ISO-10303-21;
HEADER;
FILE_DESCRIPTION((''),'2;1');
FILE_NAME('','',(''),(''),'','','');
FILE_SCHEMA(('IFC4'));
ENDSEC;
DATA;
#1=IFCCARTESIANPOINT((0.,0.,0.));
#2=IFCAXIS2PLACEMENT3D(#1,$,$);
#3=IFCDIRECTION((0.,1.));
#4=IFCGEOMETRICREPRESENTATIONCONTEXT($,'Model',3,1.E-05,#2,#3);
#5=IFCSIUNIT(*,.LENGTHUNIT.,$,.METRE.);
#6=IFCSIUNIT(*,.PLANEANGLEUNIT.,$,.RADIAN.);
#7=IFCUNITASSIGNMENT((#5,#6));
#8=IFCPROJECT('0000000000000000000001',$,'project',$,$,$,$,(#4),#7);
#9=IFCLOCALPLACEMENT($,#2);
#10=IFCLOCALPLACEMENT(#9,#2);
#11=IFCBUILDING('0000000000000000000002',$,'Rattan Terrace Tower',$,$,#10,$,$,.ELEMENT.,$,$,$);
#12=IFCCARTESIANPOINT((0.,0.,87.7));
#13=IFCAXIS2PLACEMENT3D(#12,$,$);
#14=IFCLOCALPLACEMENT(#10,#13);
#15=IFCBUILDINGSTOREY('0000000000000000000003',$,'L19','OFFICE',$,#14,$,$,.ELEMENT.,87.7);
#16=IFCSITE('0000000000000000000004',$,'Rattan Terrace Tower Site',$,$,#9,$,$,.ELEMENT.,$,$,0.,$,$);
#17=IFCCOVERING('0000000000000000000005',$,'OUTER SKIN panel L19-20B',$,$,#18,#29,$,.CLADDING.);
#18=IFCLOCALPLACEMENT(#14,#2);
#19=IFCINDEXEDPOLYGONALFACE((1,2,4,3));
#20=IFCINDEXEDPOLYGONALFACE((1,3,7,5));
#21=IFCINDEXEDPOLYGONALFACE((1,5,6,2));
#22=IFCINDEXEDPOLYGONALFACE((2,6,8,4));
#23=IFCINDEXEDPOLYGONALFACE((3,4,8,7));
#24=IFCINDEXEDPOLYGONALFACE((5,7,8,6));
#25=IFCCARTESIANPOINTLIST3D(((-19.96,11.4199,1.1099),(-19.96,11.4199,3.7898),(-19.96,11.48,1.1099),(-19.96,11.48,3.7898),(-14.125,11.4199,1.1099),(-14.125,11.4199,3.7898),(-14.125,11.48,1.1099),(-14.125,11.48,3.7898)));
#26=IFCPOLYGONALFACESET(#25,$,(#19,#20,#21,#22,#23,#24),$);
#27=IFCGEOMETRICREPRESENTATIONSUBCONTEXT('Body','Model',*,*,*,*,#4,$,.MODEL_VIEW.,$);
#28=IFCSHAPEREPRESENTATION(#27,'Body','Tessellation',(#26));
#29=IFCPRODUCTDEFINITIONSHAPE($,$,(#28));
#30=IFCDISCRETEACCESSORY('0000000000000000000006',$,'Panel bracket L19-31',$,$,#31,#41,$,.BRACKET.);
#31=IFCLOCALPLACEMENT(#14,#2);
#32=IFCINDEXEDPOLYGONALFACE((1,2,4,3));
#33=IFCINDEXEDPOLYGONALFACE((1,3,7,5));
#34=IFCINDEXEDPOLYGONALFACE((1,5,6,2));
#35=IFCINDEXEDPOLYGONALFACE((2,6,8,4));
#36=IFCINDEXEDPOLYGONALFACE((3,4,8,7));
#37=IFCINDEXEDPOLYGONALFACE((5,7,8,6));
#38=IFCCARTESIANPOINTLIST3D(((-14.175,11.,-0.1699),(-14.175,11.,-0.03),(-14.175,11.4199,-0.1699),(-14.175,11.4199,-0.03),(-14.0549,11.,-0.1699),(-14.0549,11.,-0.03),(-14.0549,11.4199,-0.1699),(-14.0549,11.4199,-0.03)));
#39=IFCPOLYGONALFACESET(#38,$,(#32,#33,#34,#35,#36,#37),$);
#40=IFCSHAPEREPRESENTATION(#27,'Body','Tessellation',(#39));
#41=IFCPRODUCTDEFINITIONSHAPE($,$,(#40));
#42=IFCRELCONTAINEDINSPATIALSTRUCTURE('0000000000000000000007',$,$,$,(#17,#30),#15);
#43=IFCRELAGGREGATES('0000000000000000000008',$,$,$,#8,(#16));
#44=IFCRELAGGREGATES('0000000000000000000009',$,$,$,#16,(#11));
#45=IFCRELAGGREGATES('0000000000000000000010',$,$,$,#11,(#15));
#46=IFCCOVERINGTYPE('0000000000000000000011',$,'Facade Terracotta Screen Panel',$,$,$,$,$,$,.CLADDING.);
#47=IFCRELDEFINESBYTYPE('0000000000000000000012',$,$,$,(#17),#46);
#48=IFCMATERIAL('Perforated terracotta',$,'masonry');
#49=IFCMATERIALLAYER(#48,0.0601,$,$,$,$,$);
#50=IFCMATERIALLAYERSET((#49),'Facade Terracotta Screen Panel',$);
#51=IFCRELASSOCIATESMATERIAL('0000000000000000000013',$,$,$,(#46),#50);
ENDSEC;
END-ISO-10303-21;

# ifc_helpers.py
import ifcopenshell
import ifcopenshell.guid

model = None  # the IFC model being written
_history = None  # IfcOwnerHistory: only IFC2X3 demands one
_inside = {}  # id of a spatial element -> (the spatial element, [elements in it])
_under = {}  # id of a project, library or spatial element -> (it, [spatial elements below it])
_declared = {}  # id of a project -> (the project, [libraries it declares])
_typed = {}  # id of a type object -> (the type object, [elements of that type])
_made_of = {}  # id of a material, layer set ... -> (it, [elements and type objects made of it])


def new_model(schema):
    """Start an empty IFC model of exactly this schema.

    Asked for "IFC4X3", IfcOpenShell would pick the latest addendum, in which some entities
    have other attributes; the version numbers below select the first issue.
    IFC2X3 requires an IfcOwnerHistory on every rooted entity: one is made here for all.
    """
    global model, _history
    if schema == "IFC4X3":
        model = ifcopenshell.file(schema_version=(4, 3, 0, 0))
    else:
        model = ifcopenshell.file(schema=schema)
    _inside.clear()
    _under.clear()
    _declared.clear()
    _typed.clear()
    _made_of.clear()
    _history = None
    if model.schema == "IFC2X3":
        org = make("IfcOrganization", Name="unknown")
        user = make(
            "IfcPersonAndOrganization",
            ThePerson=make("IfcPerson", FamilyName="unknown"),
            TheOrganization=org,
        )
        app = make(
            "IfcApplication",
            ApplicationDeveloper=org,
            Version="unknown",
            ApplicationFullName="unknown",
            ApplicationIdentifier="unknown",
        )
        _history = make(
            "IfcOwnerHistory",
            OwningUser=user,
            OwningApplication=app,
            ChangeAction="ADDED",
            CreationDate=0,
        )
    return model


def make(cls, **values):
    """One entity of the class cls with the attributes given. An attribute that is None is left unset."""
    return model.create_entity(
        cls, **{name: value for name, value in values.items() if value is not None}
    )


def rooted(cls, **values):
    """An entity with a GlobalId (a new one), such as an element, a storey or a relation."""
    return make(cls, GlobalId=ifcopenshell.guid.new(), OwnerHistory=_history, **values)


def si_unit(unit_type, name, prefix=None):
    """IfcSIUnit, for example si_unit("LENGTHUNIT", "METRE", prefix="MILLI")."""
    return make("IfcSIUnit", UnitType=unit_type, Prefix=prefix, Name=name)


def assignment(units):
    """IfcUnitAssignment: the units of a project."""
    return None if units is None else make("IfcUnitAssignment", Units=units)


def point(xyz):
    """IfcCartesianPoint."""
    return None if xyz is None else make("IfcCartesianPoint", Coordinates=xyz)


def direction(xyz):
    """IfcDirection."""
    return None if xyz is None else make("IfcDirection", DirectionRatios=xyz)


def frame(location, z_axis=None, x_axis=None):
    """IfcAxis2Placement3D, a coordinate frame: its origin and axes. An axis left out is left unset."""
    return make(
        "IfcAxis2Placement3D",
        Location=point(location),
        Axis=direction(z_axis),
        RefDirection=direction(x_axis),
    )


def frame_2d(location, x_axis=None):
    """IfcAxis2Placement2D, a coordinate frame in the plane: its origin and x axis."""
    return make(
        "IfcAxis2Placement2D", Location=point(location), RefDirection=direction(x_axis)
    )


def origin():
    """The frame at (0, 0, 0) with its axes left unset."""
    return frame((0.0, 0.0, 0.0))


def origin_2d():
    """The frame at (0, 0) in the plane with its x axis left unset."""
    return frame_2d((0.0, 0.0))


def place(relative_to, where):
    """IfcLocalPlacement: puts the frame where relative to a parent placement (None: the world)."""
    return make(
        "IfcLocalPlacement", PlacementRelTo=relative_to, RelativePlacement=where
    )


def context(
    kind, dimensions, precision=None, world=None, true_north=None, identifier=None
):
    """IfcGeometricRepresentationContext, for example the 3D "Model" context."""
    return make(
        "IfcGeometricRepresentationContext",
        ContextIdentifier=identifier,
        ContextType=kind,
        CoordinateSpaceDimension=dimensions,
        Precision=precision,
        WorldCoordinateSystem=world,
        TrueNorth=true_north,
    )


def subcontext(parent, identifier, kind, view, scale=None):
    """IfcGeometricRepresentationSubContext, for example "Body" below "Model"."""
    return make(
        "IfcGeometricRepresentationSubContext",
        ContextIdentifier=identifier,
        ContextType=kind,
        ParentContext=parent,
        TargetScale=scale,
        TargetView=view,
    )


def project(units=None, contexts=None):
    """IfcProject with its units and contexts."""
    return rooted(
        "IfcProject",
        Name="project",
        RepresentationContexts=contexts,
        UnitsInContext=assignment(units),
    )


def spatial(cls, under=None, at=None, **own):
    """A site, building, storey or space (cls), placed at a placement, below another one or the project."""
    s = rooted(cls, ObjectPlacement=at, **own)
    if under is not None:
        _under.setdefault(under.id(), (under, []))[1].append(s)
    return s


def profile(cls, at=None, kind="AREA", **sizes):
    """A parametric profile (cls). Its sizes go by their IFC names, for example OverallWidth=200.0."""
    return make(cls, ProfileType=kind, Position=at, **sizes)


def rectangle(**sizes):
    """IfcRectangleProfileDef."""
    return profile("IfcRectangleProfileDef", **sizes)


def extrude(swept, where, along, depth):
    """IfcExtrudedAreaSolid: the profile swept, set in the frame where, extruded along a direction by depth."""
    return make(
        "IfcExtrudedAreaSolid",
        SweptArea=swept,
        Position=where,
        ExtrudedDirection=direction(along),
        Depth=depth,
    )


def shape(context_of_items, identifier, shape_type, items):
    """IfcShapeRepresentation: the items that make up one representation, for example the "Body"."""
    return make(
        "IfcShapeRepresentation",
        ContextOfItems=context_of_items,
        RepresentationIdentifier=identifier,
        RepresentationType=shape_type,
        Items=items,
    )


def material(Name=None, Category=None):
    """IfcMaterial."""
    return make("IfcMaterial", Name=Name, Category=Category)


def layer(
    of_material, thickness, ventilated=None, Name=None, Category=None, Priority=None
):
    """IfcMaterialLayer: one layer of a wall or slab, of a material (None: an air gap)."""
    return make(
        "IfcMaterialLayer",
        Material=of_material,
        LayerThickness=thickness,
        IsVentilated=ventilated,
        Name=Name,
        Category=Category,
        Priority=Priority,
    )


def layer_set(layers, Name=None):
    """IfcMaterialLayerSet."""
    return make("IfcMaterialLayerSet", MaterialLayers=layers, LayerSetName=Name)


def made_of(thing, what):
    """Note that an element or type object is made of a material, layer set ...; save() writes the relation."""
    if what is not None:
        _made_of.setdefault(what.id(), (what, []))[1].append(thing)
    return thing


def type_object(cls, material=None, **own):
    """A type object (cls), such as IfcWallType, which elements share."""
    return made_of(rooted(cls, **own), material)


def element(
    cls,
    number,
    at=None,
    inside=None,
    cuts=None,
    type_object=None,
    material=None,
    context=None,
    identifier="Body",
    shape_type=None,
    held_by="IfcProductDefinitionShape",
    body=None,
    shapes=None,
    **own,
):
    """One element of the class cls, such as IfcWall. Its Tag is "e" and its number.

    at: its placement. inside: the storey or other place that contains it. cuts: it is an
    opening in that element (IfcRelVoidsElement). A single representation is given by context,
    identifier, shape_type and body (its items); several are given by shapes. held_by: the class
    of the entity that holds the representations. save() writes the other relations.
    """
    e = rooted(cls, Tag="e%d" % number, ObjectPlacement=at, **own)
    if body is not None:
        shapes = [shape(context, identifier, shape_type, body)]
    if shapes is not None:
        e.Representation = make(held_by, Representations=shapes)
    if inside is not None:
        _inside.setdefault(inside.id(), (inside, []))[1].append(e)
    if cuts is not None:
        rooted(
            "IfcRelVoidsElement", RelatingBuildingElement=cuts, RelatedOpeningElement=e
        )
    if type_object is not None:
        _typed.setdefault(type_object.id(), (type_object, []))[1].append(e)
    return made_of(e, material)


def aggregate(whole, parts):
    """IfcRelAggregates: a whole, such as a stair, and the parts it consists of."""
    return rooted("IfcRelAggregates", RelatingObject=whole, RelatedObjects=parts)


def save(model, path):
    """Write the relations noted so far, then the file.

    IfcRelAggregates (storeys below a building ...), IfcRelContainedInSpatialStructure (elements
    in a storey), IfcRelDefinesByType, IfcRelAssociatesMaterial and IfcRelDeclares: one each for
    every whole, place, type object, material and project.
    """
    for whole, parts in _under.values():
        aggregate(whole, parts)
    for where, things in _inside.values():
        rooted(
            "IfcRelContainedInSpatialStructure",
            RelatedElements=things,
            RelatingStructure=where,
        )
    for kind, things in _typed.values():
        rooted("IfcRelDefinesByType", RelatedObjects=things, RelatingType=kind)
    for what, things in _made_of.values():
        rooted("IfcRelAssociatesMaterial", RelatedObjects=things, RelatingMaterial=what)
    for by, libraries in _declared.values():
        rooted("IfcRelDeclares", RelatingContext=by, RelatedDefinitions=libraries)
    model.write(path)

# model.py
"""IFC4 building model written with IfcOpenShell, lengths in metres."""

from ifc_helpers import new_model, si_unit, direction, frame, origin, origin_2d, place, context, subcontext, project, spatial, rectangle, extrude, material, layer, layer_set, type_object, element, save


model = new_model("IFC4")

# Units and contexts
model_context = context("Model", 3, precision=1e-05, world=origin(), true_north=direction((0.0, 1.0)))
body_context = subcontext(model_context, "Body", "Model", "MODEL_VIEW")
ifc_project = project(units=[si_unit("LENGTHUNIT", "METRE"), si_unit("PLANEANGLEUNIT", "RADIAN")], contexts=[model_context])

# Site, building, storey
site_placement = place(None, origin())
site = spatial("IfcSite", under=ifc_project, at=site_placement, Name="Rattan Terrace Tower Site", CompositionType="ELEMENT", RefElevation=0.0)
building_placement = place(site_placement, origin())
building = spatial("IfcBuilding", under=site, at=building_placement, Name="Rattan Terrace Tower", CompositionType="ELEMENT")
storey_placement = place(building_placement, frame((0.0, 0.0, 87.7)))
storey = spatial("IfcBuildingStorey", under=building, at=storey_placement, Name="L19", Description="OFFICE", CompositionType="ELEMENT", Elevation=87.7)

# Covering
ifc_material_1 = material(Name="Perforated terracotta", Category="masonry")
ifc_layer_1 = layer(ifc_material_1, 0.0601)
ifc_layer_set_1 = layer_set([ifc_layer_1], Name="Facade Terracotta Screen Panel")
covering_type_1 = type_object("IfcCoveringType", Name="Facade Terracotta Screen Panel", PredefinedType="CLADDING", material=ifc_layer_set_1)
covering_1_placement = place(storey_placement, frame((-17.0425, 11.45, 1.1099), z_axis=(0.0, 0.0, 1.0), x_axis=(-1.0, 0.0, 0.0)))
element("IfcCovering", 1, at=covering_1_placement, inside=storey, type_object=covering_type_1, Name="OUTER SKIN panel L19-20B", PredefinedType="CLADDING", context=body_context, shape_type="SweptSolid", body=[
    extrude(rectangle(XDim=5.835, YDim=0.0601, at=origin_2d()), origin(), (0.0, 0.0, 1.0), 2.6799),
])

# Discrete accessory
discrete_accessory_placement = place(storey_placement, frame((-14.115, 11.21, -0.1699), z_axis=(0.0, 0.0, 1.0), x_axis=(-1.0, 0.0, 0.0)))
element("IfcDiscreteAccessory", 2, at=discrete_accessory_placement, inside=storey, Name="Panel bracket L19-31", PredefinedType="BRACKET", context=body_context, shape_type="SweptSolid", body=[
    extrude(rectangle(XDim=0.1201, YDim=0.4199, at=origin_2d()), origin(), (0.0, 0.0, 1.0), 0.1399),
])

save(model, "model.ifc")
